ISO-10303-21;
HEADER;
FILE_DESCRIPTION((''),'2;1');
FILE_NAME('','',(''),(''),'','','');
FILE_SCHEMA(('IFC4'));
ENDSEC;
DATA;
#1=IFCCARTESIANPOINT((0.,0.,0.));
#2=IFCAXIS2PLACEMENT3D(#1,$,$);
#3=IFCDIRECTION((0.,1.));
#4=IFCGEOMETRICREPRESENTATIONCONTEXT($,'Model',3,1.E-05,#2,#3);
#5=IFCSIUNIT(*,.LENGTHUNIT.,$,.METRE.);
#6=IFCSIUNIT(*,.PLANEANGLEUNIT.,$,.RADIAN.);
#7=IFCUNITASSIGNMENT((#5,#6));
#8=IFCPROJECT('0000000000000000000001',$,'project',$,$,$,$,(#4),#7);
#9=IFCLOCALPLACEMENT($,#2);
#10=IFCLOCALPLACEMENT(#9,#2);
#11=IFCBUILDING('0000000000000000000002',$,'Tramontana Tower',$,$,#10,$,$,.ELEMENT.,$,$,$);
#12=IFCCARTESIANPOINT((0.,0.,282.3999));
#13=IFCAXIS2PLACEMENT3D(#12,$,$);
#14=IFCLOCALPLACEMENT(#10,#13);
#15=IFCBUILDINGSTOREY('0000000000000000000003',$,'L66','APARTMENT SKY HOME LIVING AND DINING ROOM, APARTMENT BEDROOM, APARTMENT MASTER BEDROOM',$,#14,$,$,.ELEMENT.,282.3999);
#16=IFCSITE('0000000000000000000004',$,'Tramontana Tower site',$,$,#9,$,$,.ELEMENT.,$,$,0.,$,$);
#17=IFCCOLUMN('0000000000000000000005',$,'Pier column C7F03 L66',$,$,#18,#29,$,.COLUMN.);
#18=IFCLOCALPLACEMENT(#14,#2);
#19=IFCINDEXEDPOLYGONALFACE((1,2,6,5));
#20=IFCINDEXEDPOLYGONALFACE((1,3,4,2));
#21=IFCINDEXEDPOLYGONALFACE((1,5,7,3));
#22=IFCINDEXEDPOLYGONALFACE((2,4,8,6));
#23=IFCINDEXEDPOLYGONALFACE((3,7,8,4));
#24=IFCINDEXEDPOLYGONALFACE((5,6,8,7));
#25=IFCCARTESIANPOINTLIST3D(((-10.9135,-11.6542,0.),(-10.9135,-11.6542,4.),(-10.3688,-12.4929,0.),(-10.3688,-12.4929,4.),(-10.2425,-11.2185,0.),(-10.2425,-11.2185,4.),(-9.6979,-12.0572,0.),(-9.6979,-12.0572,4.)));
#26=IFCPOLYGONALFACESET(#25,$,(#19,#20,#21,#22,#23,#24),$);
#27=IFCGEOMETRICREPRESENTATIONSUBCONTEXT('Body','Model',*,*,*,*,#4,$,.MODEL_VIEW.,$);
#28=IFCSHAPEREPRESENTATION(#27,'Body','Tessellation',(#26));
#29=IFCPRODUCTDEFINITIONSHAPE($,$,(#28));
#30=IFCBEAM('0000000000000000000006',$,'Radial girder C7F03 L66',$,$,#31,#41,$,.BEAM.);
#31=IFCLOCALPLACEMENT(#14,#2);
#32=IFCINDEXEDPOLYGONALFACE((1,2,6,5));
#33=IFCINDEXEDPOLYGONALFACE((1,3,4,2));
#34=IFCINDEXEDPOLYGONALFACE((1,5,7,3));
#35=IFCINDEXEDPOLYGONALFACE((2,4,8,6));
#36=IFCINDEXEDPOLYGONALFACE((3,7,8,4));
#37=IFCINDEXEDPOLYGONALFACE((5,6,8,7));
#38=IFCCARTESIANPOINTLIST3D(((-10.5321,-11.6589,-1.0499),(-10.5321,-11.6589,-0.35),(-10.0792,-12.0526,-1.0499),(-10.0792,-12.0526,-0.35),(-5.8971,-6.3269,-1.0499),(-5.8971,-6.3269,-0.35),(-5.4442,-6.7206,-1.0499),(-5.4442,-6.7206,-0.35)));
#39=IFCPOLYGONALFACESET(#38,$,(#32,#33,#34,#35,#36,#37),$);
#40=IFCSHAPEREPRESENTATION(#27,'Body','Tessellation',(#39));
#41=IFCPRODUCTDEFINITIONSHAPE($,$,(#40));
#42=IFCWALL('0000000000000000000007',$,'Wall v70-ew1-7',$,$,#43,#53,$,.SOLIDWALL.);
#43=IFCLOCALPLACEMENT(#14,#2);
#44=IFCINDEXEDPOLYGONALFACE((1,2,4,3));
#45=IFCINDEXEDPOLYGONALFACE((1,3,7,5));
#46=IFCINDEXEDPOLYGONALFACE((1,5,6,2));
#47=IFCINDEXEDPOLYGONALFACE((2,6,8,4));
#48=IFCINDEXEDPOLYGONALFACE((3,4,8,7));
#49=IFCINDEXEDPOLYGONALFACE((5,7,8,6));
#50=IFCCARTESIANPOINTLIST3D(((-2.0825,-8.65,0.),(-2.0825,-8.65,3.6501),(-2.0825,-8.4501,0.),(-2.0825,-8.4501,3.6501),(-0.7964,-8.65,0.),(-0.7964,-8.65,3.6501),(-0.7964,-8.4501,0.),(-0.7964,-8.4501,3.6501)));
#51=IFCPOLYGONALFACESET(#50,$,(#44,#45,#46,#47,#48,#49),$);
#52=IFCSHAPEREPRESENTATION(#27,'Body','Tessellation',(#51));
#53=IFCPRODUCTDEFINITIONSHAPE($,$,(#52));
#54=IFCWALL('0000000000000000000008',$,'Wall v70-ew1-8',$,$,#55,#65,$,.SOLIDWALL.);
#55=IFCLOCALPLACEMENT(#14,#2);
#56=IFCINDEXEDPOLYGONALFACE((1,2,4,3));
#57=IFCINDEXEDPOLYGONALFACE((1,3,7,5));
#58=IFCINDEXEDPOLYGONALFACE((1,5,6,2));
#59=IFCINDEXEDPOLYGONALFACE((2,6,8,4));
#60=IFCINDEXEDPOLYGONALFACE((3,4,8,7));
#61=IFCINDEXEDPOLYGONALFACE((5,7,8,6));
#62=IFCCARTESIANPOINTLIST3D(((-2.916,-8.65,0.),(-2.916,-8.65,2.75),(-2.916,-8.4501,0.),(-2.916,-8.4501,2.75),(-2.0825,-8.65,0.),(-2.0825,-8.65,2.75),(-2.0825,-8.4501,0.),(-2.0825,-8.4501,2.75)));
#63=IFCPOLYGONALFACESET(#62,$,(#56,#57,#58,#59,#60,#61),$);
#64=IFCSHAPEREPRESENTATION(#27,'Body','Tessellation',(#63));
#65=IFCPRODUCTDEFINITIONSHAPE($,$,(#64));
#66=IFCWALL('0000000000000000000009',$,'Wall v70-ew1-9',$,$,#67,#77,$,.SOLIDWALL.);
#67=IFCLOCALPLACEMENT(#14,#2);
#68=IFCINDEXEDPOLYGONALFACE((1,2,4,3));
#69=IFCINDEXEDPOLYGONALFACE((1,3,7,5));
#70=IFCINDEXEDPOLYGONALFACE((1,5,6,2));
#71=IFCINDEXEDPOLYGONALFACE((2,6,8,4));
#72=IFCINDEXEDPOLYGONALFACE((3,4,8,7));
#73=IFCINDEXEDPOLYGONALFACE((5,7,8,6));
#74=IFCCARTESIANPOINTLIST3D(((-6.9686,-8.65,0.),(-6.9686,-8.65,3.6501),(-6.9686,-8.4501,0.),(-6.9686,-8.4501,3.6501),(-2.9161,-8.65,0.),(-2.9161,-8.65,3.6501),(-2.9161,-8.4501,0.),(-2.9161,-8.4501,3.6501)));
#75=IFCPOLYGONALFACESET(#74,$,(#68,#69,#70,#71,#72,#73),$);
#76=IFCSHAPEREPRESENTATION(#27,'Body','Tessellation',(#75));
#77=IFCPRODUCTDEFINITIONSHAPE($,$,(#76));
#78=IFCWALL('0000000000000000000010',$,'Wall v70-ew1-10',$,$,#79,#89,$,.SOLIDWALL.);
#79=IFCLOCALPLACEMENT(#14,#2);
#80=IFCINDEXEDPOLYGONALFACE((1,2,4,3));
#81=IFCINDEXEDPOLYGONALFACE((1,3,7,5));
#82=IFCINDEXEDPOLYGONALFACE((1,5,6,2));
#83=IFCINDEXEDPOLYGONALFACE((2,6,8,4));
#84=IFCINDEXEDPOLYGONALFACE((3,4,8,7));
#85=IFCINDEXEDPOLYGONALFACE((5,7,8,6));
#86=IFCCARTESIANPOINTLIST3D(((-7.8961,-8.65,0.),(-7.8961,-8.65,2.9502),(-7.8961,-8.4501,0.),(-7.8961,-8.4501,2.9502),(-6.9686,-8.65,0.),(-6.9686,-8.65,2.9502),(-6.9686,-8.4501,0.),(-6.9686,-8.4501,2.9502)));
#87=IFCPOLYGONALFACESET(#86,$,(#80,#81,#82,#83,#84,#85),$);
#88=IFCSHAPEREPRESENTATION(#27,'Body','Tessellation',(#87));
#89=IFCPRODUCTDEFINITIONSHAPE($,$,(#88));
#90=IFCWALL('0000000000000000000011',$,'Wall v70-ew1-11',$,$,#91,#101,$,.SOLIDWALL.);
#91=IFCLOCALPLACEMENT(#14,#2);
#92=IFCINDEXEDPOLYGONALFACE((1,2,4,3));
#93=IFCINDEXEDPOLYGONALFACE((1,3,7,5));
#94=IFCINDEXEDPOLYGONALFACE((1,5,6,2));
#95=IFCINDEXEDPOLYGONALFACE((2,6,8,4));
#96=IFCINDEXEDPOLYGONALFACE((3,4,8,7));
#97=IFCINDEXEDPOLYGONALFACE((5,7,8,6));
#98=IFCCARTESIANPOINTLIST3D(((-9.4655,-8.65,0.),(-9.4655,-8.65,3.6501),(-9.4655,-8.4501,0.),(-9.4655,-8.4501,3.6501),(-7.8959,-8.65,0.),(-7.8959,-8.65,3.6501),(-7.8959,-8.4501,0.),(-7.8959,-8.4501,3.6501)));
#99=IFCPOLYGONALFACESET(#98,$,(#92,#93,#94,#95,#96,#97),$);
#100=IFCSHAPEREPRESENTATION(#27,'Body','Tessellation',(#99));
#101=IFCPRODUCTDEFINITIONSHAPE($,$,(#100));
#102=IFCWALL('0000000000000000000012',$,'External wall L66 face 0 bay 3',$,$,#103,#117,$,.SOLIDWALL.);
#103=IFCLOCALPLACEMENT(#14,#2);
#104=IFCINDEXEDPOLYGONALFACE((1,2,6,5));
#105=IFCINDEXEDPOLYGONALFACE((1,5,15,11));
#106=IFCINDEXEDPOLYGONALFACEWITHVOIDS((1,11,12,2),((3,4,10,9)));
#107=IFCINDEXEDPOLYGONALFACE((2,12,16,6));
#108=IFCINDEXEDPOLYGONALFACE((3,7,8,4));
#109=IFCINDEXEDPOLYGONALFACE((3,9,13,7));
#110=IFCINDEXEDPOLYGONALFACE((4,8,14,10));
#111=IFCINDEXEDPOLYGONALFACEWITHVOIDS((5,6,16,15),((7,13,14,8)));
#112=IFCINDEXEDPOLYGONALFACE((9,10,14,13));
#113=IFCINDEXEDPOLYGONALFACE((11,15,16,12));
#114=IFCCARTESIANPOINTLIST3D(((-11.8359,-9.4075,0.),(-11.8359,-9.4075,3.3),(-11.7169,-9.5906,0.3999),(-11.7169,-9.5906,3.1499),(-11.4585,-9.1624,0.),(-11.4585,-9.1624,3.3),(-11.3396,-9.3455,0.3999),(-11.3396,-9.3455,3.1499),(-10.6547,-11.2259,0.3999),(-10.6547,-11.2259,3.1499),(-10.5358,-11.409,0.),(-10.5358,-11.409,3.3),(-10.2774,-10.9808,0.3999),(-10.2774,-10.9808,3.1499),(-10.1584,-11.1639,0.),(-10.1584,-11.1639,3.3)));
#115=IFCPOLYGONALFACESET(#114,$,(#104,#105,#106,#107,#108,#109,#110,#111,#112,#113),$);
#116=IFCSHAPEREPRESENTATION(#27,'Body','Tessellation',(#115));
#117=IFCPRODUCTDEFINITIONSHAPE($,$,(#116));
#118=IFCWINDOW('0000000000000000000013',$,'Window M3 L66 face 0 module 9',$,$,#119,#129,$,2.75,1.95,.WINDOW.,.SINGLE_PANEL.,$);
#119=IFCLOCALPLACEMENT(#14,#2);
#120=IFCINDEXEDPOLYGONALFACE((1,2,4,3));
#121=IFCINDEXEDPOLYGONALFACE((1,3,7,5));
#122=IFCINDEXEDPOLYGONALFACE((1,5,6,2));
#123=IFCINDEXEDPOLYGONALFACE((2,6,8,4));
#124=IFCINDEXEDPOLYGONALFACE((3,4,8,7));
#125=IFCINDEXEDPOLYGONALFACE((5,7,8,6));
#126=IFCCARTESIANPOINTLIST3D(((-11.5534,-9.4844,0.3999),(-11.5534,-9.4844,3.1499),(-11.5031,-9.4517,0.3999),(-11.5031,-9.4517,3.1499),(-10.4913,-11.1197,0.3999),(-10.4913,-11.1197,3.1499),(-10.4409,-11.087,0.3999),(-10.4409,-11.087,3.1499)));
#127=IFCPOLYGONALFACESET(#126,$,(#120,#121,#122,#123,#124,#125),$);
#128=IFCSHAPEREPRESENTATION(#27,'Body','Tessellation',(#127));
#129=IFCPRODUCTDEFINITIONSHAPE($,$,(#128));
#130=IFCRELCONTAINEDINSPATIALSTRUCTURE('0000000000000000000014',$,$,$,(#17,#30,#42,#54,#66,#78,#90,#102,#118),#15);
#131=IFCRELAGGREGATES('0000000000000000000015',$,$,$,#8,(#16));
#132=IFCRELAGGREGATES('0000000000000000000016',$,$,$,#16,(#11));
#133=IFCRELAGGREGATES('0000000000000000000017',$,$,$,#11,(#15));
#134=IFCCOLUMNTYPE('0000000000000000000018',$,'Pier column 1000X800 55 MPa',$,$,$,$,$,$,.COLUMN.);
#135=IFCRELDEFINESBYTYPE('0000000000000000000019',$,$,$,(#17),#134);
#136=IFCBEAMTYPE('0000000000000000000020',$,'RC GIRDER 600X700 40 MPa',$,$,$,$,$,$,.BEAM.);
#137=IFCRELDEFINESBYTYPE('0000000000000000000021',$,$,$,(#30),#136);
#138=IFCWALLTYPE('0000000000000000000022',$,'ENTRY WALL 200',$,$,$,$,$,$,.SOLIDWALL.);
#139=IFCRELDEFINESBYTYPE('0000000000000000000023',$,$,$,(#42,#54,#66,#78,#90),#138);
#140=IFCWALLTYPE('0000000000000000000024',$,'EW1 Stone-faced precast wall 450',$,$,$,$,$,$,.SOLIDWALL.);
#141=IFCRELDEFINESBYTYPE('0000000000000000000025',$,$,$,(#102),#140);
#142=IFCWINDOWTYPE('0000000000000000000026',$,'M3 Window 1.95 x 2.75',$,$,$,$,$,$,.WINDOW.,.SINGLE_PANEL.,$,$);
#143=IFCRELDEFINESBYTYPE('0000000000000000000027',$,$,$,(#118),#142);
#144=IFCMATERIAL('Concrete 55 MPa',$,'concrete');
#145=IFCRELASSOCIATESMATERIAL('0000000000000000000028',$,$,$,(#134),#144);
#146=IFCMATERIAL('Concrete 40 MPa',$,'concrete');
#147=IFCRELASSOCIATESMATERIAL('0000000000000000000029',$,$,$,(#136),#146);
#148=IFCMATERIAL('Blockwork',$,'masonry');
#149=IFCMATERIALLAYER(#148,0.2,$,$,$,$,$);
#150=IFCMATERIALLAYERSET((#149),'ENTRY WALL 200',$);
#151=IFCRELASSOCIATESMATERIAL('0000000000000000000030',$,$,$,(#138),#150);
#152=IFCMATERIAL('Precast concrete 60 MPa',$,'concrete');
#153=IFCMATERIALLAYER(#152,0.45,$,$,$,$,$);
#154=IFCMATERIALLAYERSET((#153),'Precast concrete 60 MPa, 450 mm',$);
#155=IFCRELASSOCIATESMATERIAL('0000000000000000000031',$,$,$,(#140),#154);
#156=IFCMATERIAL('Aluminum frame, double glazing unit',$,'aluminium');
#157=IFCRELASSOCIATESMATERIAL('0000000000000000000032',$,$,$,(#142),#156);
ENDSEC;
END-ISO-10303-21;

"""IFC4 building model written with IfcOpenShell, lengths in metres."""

from ifc_helpers import new_model, si_unit, direction, frame, frame_2d, origin, origin_2d, place, context, subcontext, project, spatial, rectangle, extrude, material, layer, layer_set, material_profile, profile_set, type_object, element, fill, save


model = new_model("IFC4")

# Units and contexts
model_context = context("Model", 3, precision=1e-05, world=origin(), true_north=direction((0.0, 1.0)))
body_context = subcontext(model_context, "Body", "Model", "MODEL_VIEW")
ifc_project = project(units=[si_unit("LENGTHUNIT", "METRE"), si_unit("PLANEANGLEUNIT", "RADIAN")], contexts=[model_context])

# Site, building, storey
site_placement = place(None, origin())
site = spatial("IfcSite", under=ifc_project, at=site_placement, Name="Tramontana Tower site", CompositionType="ELEMENT", RefElevation=0.0)
building_placement = place(site_placement, origin())
building = spatial("IfcBuilding", under=site, at=building_placement, Name="Tramontana Tower", CompositionType="ELEMENT")
storey_placement = place(building_placement, frame((0.0, 0.0, 282.3999)))
storey = spatial("IfcBuildingStorey", under=building, at=storey_placement, Name="L66", Description="APARTMENT SKY HOME LIVING AND DINING ROOM, APARTMENT BEDROOM, APARTMENT MASTER BEDROOM", CompositionType="ELEMENT", Elevation=282.3999)

# Column
ifc_material_1 = material(Name="Concrete 55 MPa", Category="concrete")
ifc_material_profile_1 = material_profile(ifc_material_1, rectangle(XDim=1.0, YDim=0.8, at=origin_2d()), Name="Pier column 1000X800 55 MPa")
ifc_profile_set_1 = profile_set([ifc_material_profile_1], Name="Concrete 55 MPa")
column_type = type_object("IfcColumnType", Name="Pier column 1000X800 55 MPa", PredefinedType="COLUMN", material=ifc_profile_set_1)
column_placement = place(storey_placement, frame((-10.3057, -11.8557, 0.0), z_axis=(0.0, 0.0, 1.0), x_axis=(0.544639, -0.838671, 0.0)))
element("IfcColumn", 1, at=column_placement, inside=storey, type_object=column_type, Name="Pier column C7F03 L66", PredefinedType="COLUMN", context=body_context, shape_type="SweptSolid", body=[
    extrude(rectangle(XDim=1.0, YDim=0.8, at=origin_2d()), origin(), (0.0, 0.0, 1.0), 4.0),
])

# Beam
ifc_material_2 = material(Name="Concrete 40 MPa", Category="concrete")
ifc_material_profile_2 = material_profile(ifc_material_2, rectangle(XDim=0.6001, YDim=0.7, at=origin_2d()), Name="RC GIRDER 600X700 40 MPa")
ifc_profile_set_2 = profile_set([ifc_material_profile_2], Name="Concrete 40 MPa")
beam_type = type_object("IfcBeamType", Name="RC GIRDER 600X700 40 MPa", PredefinedType="BEAM", material=ifc_profile_set_2)
beam_placement = place(storey_placement, frame((-10.3057, -11.8557, -0.7), z_axis=(0.656055, 0.754713, 0.0), x_axis=(-0.754713, 0.656055, 0.0)))
element("IfcBeam", 2, at=beam_placement, inside=storey, type_object=beam_type, Name="Radial girder C7F03 L66", PredefinedType="BEAM", context=body_context, shape_type="SweptSolid", body=[
    extrude(rectangle(XDim=0.6001, YDim=0.7, at=origin_2d()), origin(), (0.0, 0.0, 1.0), 7.0649),
])

# Walls
ifc_material_3 = material(Name="Blockwork", Category="masonry")
ifc_layer_1 = layer(ifc_material_3, 0.2)
ifc_layer_set_1 = layer_set([ifc_layer_1], Name="ENTRY WALL 200")
wall_type_1 = type_object("IfcWallType", Name="ENTRY WALL 200", PredefinedType="SOLIDWALL", material=ifc_layer_set_1)
wall_1_placement = place(storey_placement, frame((-0.7964, -8.55, 0.0), z_axis=(0.0, 0.0, 1.0), x_axis=(-1.0, 0.0, 0.0)))
element("IfcWall", 3, at=wall_1_placement, inside=storey, type_object=wall_type_1, Name="Wall v70-ew1-7", PredefinedType="SOLIDWALL", context=body_context, shape_type="SweptSolid", body=[
    extrude(rectangle(XDim=1.2861, YDim=0.2, at=frame_2d((0.6431, 0.0))), origin(), (0.0, 0.0, 1.0), 3.6501),
])
wall_2_placement = place(storey_placement, frame((-2.0825, -8.55, 0.0), z_axis=(0.0, 0.0, 1.0), x_axis=(-1.0, 0.0, 0.0)))
element("IfcWall", 4, at=wall_2_placement, inside=storey, type_object=wall_type_1, Name="Wall v70-ew1-8", PredefinedType="SOLIDWALL", context=body_context, shape_type="SweptSolid", body=[
    extrude(rectangle(XDim=0.8335, YDim=0.2, at=frame_2d((0.4167, 0.0))), origin(), (0.0, 0.0, 1.0), 2.75),
])
wall_3_placement = place(storey_placement, frame((-2.916, -8.55, 0.0), z_axis=(0.0, 0.0, 1.0), x_axis=(-1.0, 0.0, 0.0)))
element("IfcWall", 5, at=wall_3_placement, inside=storey, type_object=wall_type_1, Name="Wall v70-ew1-9", PredefinedType="SOLIDWALL", context=body_context, shape_type="SweptSolid", body=[
    extrude(rectangle(XDim=4.0525, YDim=0.2, at=frame_2d((2.0264, 0.0))), origin(), (0.0, 0.0, 1.0), 3.6501),
])
wall_4_placement = place(storey_placement, frame((-6.9685, -8.55, 0.0), z_axis=(0.0, 0.0, 1.0), x_axis=(-1.0, 0.0, 0.0)))
element("IfcWall", 6, at=wall_4_placement, inside=storey, type_object=wall_type_1, Name="Wall v70-ew1-10", PredefinedType="SOLIDWALL", context=body_context, shape_type="SweptSolid", body=[
    extrude(rectangle(XDim=0.9275, YDim=0.2, at=frame_2d((0.4639, 0.0))), origin(), (0.0, 0.0, 1.0), 2.9502),
])
wall_5_placement = place(storey_placement, frame((-7.896, -8.55, 0.0), z_axis=(0.0, 0.0, 1.0), x_axis=(-1.0, 0.0, 0.0)))
element("IfcWall", 7, at=wall_5_placement, inside=storey, type_object=wall_type_1, Name="Wall v70-ew1-11", PredefinedType="SOLIDWALL", context=body_context, shape_type="SweptSolid", body=[
    extrude(rectangle(XDim=1.5696, YDim=0.2, at=frame_2d((0.7847, 0.0))), origin(), (0.0, 0.0, 1.0), 3.6501),
])

# Wall, opening, window
ifc_material_4 = material(Name="Precast concrete 60 MPa", Category="concrete")
ifc_layer_2 = layer(ifc_material_4, 0.45)
ifc_layer_set_2 = layer_set([ifc_layer_2], Name="Precast concrete 60 MPa, 450 mm")
wall_type_2 = type_object("IfcWallType", Name="EW1 Stone-faced precast wall 450", PredefinedType="SOLIDWALL", material=ifc_layer_set_2)
wall_6_placement = place(storey_placement, frame((-11.6472, -9.2849, 0.0), z_axis=(0.0, 0.0, 1.0), x_axis=(0.544722, -0.838617, 0.0)))
wall_6 = element("IfcWall", 8, at=wall_6_placement, inside=storey, type_object=wall_type_2, Name="External wall L66 face 0 bay 3", PredefinedType="SOLIDWALL", context=body_context, shape_type="SweptSolid", body=[
    extrude(rectangle(XDim=2.3867, YDim=0.45, at=frame_2d((1.1934, 0.0))), origin(), (0.0, 0.0, 1.0), 3.3),
])
opening_1_placement = place(wall_6_placement, frame((0.2183, 0.0, 0.3999)))
opening_1 = element("IfcOpeningElement", 9, at=opening_1_placement, cuts=wall_6, PredefinedType="OPENING", context=body_context, shape_type="SweptSolid", body=[
    extrude(rectangle(XDim=1.95, YDim=2.75, at=frame_2d((0.9751, 1.375))), frame((0.0, 0.2349, 0.0), z_axis=(0.0, -1.0, 0.0), x_axis=(1.0, 0.0, 0.0)), (0.0, 0.0, 1.0), 0.47),
])
ifc_material_5 = material(Name="Aluminum frame, double glazing unit", Category="aluminium")
window_type_1 = type_object("IfcWindowType", Name="M3 Window 1.95 x 2.75", PartitioningType="SINGLE_PANEL", PredefinedType="WINDOW", material=ifc_material_5)
window_1_placement = place(opening_1_placement, origin())
window_1 = element("IfcWindow", 10, at=window_1_placement, inside=storey, type_object=window_type_1, Name="Window M3 L66 face 0 module 9", OverallHeight=2.75, OverallWidth=1.95, PartitioningType="SINGLE_PANEL", PredefinedType="WINDOW", context=body_context, shape_type="SweptSolid", body=[
    extrude(rectangle(XDim=1.95, YDim=2.75, at=frame_2d((0.9751, 1.375))), frame((0.0, 0.03, 0.0), z_axis=(0.0, -1.0, 0.0), x_axis=(1.0, 0.0, 0.0)), (0.0, 0.0, 1.0), 0.0601),
])
fill(opening_1, window_1)

save(model, "model.ifc")
